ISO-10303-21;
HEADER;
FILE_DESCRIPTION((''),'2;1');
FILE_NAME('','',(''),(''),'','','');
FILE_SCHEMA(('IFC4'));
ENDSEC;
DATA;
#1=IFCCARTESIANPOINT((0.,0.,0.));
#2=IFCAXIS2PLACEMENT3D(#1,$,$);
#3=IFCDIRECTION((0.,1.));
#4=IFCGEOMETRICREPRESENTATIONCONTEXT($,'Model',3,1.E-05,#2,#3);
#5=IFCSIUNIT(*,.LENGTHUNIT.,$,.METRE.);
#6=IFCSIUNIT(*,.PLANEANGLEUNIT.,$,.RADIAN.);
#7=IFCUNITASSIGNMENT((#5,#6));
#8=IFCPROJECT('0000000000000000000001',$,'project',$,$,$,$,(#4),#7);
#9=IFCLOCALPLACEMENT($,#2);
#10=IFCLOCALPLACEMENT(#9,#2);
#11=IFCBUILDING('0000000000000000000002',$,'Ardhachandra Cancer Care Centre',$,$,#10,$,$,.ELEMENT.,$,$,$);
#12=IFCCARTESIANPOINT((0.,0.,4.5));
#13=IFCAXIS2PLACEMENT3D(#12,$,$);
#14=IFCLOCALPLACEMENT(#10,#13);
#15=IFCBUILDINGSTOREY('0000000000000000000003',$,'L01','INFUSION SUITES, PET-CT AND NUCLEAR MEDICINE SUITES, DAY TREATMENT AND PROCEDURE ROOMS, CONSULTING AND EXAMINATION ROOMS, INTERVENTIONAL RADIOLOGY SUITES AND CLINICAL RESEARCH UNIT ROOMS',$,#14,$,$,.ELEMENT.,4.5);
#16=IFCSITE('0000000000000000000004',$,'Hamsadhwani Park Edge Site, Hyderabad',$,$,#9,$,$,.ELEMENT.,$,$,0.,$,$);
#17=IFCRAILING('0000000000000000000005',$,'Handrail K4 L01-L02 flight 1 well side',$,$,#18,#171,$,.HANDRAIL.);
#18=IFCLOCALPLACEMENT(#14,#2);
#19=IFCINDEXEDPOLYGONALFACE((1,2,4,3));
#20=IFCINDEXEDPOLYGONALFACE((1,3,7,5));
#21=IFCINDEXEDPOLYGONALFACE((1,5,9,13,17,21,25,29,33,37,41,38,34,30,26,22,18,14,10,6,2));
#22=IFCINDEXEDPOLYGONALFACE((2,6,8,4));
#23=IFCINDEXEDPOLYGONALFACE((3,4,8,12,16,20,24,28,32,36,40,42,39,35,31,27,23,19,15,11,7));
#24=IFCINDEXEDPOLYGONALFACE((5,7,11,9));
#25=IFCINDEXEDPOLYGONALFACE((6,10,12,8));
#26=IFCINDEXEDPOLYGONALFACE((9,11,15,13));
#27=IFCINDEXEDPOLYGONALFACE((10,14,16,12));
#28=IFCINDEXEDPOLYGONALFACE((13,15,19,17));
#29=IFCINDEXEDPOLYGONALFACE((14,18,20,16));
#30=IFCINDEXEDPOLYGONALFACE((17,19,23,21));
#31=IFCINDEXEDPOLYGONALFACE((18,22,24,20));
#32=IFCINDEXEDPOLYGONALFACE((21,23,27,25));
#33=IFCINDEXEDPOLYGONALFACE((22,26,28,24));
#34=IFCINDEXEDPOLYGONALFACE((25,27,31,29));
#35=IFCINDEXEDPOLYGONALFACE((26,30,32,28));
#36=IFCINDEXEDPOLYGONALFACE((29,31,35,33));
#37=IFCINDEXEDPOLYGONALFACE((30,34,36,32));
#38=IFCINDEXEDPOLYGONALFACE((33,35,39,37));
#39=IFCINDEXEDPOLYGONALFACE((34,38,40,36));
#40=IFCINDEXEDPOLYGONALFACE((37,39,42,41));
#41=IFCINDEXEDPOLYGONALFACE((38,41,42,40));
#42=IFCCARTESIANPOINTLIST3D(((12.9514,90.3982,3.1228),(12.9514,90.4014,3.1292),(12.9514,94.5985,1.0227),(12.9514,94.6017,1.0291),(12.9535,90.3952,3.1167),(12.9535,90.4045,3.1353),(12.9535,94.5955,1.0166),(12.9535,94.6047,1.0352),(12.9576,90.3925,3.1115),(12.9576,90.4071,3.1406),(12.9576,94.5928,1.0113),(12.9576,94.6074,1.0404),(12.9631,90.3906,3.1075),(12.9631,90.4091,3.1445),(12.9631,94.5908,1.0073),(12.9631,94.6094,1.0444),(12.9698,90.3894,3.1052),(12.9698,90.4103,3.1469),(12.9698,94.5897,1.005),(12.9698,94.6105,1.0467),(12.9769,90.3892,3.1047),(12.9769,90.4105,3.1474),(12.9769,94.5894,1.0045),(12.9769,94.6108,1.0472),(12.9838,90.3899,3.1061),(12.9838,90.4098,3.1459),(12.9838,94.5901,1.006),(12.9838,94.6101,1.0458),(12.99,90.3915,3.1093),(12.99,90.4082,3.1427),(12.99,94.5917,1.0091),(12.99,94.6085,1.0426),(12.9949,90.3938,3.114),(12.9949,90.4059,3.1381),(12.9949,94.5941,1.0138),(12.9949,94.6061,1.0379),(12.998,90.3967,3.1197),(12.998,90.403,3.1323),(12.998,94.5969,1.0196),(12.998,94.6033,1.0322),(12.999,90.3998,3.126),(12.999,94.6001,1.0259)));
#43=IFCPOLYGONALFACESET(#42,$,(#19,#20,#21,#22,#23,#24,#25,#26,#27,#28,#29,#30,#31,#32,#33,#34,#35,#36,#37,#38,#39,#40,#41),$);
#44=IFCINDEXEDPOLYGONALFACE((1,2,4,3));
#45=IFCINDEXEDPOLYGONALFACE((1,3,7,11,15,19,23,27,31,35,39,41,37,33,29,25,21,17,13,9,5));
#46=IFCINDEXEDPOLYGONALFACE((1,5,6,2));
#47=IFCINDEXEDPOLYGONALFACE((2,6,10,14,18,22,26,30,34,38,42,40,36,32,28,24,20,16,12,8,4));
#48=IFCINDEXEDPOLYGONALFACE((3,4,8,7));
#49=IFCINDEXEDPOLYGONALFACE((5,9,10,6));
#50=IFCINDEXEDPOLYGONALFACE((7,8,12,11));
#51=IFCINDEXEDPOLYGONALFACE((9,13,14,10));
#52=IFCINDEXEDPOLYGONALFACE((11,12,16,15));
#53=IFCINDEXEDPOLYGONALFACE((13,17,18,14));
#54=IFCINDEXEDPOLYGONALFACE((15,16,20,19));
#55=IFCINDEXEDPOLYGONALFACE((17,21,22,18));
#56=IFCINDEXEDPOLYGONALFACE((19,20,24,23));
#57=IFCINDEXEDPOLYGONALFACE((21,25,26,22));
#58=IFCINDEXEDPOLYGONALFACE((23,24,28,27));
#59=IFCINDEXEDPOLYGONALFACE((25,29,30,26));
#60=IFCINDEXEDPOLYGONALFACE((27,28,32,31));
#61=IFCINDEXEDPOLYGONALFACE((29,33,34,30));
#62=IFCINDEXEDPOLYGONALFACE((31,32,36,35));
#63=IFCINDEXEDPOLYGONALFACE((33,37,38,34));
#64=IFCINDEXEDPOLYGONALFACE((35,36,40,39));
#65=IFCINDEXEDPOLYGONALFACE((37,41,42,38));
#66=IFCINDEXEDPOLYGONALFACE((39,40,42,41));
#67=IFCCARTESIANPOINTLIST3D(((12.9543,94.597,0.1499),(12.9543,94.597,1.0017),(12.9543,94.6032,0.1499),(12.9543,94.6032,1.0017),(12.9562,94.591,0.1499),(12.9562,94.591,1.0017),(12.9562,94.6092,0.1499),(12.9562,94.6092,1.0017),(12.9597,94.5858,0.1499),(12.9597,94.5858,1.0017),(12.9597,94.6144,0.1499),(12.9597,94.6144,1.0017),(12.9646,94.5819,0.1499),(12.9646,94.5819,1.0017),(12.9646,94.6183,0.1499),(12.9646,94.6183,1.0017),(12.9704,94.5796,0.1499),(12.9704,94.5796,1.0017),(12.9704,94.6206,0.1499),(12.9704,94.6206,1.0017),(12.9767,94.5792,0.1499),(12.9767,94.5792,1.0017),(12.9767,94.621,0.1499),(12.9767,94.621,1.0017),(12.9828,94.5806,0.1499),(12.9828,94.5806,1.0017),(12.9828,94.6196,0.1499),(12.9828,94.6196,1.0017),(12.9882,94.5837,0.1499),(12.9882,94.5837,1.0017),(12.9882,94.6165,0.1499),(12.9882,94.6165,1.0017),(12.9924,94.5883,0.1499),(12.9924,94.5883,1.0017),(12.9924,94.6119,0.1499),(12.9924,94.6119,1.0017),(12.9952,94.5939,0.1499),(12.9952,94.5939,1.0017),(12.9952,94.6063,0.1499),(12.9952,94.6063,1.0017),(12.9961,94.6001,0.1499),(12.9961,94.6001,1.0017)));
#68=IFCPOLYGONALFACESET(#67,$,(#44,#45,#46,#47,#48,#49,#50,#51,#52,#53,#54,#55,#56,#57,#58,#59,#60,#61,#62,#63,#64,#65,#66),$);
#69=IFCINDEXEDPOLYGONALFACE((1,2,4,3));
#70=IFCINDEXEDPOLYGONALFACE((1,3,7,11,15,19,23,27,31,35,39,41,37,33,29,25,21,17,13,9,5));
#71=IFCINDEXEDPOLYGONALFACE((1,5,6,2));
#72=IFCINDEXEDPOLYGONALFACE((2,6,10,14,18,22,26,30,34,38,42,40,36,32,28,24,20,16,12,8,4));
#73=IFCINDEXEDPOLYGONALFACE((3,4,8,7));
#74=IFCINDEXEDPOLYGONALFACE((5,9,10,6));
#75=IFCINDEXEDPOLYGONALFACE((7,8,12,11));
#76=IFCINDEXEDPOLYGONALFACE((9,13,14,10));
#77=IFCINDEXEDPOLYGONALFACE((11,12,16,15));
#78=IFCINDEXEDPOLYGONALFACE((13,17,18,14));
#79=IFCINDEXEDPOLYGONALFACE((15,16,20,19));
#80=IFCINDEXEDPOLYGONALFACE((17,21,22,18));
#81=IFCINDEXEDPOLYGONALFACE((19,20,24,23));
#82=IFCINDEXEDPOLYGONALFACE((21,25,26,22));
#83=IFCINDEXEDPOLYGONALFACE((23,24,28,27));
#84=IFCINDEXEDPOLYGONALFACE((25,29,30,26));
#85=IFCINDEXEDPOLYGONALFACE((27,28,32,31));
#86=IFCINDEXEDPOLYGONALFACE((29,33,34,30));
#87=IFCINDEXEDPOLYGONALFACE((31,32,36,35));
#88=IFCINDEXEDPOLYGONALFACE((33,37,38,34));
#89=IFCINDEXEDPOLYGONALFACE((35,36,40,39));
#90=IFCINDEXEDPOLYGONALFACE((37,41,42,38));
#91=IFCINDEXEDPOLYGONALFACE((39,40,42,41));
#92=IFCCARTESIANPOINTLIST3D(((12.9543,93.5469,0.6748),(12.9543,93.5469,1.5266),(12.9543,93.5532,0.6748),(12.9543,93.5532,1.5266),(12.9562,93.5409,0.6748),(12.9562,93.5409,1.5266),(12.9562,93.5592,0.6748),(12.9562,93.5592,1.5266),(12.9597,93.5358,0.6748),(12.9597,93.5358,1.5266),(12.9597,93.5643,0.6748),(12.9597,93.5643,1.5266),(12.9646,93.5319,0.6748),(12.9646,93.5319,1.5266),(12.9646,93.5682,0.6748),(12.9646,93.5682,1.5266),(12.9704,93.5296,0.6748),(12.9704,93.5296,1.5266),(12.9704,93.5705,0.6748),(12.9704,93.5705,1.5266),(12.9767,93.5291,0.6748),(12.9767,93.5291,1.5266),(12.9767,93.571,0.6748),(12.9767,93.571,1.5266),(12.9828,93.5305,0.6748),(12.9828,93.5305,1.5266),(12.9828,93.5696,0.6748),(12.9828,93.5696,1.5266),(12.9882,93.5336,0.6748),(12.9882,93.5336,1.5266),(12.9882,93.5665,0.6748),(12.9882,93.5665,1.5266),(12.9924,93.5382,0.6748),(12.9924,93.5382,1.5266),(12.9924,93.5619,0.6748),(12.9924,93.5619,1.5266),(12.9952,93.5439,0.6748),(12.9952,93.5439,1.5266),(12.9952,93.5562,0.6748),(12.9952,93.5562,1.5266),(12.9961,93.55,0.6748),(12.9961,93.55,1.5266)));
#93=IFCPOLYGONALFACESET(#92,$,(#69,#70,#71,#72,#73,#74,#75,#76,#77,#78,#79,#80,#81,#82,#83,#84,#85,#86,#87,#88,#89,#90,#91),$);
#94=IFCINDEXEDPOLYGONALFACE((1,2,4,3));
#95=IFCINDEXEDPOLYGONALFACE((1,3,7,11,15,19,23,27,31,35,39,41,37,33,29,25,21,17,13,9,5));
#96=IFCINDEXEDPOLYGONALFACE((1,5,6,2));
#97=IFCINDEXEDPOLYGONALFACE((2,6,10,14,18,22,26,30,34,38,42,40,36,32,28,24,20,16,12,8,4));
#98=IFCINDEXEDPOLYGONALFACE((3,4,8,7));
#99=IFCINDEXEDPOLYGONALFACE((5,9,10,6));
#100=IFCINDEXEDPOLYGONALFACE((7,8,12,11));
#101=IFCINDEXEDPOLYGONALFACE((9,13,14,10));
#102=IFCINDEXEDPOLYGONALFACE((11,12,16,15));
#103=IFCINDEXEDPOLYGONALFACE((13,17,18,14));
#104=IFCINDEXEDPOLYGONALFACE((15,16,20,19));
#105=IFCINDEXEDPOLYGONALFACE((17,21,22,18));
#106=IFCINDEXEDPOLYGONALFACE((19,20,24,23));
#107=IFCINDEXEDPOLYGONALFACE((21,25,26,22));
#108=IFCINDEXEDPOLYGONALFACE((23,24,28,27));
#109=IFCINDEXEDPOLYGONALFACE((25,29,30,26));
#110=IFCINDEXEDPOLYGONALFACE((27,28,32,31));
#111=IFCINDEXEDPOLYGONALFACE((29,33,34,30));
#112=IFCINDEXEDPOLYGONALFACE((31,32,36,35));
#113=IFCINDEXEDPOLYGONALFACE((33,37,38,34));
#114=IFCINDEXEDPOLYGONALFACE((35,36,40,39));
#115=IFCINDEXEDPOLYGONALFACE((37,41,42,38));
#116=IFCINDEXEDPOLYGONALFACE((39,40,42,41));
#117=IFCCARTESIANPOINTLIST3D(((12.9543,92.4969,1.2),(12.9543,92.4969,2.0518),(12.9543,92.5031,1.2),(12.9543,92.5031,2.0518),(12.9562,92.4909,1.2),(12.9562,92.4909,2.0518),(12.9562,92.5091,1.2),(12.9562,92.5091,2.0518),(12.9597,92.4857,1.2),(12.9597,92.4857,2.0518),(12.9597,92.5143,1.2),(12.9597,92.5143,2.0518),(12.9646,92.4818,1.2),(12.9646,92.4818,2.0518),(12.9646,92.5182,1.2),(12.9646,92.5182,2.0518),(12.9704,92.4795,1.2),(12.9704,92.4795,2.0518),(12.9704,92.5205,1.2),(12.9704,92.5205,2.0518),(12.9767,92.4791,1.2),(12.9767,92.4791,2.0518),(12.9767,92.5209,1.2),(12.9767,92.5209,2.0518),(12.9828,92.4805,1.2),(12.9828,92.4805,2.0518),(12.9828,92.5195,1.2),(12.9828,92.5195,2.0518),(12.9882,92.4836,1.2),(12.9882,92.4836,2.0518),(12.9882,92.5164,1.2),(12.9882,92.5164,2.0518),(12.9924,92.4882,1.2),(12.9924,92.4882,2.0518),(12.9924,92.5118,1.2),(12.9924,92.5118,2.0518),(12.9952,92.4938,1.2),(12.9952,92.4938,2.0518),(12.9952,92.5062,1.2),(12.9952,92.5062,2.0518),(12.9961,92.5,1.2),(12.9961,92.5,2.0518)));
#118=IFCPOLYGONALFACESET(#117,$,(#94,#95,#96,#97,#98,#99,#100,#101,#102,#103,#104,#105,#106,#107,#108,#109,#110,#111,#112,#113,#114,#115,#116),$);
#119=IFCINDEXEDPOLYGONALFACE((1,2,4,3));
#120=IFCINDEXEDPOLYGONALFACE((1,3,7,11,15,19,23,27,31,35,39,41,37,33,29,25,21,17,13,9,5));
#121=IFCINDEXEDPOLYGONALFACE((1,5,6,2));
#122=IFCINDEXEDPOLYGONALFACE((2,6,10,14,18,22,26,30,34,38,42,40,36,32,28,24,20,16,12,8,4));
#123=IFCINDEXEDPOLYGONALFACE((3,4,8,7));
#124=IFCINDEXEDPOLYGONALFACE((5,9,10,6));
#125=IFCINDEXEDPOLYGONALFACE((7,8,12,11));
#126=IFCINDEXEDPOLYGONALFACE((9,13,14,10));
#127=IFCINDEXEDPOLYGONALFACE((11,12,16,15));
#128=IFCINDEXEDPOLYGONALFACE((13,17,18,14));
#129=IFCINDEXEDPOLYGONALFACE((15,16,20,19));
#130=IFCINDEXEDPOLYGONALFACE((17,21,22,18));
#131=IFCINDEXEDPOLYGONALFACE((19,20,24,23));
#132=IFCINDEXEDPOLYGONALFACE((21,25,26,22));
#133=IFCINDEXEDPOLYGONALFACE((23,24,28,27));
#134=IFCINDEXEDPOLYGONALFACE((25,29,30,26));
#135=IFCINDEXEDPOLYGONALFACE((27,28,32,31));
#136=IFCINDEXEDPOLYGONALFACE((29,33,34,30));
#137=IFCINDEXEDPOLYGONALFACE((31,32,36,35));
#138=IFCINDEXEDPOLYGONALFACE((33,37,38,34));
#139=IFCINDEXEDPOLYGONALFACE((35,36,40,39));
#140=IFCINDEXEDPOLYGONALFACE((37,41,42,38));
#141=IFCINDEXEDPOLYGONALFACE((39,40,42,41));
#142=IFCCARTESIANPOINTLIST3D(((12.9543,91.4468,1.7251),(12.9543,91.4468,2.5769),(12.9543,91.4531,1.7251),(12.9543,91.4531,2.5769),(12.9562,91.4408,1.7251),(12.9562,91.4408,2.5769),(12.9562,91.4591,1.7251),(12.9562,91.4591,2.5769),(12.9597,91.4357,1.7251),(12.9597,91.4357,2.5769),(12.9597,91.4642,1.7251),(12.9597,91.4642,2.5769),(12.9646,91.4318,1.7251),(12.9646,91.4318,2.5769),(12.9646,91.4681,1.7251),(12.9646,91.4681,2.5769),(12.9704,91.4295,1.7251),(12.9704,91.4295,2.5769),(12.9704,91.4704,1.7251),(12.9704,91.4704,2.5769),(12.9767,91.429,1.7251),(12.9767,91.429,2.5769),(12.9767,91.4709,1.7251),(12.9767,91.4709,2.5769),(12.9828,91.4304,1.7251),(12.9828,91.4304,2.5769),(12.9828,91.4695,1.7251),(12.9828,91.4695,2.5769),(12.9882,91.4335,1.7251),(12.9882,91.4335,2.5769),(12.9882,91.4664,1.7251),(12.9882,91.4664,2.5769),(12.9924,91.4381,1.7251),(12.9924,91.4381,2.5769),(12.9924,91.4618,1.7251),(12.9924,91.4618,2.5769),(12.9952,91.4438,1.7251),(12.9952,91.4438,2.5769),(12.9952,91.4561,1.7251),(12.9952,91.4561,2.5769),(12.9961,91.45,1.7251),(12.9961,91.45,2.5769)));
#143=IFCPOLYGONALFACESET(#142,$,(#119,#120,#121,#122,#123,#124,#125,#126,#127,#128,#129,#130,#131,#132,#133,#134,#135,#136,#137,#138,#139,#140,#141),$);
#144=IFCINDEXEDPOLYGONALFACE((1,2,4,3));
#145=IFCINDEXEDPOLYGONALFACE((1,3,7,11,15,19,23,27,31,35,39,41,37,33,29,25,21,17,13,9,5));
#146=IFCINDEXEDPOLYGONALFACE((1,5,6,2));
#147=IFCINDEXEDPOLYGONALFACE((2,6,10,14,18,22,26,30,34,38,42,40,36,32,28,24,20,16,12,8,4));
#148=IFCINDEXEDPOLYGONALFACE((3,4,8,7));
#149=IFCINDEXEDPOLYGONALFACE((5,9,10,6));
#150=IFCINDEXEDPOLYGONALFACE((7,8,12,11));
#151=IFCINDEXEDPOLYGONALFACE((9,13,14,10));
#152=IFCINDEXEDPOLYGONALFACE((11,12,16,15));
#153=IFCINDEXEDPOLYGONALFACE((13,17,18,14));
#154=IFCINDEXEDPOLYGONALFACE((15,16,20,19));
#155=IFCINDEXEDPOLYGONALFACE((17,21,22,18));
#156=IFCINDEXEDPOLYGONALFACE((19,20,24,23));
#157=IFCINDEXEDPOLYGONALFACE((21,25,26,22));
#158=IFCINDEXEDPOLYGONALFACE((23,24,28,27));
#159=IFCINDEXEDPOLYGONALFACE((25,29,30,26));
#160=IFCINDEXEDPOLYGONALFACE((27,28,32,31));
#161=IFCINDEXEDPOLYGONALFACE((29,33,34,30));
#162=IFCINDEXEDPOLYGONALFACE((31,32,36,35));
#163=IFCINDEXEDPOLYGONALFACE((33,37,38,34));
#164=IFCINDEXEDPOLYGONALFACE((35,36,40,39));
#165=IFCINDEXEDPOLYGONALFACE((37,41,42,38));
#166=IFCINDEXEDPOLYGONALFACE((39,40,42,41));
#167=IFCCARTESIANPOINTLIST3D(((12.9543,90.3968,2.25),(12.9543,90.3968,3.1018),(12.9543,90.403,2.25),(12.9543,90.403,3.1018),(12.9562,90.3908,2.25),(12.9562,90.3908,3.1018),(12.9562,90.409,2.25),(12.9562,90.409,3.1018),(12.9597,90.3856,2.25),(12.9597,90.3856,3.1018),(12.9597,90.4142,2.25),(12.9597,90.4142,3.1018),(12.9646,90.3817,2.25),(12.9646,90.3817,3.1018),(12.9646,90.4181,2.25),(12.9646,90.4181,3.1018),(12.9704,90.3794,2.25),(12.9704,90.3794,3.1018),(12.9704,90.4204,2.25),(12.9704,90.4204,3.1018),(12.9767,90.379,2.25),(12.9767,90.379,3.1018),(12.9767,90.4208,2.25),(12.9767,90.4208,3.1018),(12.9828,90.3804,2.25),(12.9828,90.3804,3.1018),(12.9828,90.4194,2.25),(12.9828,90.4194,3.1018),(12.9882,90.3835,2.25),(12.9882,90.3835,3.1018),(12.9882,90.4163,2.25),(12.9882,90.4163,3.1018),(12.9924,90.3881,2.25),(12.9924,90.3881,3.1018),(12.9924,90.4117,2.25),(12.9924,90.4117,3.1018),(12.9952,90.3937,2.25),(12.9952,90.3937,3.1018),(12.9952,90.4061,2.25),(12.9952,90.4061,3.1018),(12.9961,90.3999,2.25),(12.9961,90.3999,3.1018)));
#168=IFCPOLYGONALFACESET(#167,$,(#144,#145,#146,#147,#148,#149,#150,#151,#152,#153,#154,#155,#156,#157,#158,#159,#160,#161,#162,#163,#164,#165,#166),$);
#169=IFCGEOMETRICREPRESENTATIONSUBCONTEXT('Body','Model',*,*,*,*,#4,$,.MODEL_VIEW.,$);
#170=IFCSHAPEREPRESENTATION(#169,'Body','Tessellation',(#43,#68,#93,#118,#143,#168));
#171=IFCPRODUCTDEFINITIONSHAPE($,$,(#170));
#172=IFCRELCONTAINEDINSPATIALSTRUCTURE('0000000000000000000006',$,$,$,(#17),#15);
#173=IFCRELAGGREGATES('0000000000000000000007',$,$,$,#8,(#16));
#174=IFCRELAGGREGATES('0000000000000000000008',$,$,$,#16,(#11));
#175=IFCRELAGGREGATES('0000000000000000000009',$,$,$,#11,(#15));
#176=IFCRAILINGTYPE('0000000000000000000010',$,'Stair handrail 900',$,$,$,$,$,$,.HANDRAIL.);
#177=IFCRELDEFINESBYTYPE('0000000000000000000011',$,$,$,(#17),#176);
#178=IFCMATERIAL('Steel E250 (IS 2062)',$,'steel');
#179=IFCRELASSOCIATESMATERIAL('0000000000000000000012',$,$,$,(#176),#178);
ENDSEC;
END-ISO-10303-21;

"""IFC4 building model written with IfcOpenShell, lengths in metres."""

from ifc_helpers import new_model, si_unit, direction, frame, origin, origin_2d, place, context, subcontext, project, spatial, circle, extrude, material, type_object, element, save


model = new_model("IFC4")

# Units and contexts
model_context = context("Model", 3, precision=1e-05, world=origin(), true_north=direction((0.0, 1.0)))
body_context = subcontext(model_context, "Body", "Model", "MODEL_VIEW")
ifc_project = project(units=[si_unit("LENGTHUNIT", "METRE"), si_unit("PLANEANGLEUNIT", "RADIAN")], contexts=[model_context])

# Site, building, storey
site_placement = place(None, origin())
site = spatial("IfcSite", under=ifc_project, at=site_placement, Name="Hamsadhwani Park Edge Site, Hyderabad", CompositionType="ELEMENT", RefElevation=0.0)
building_placement = place(site_placement, origin())
building = spatial("IfcBuilding", under=site, at=building_placement, Name="Ardhachandra Cancer Care Centre", CompositionType="ELEMENT")
storey_placement = place(building_placement, frame((0.0, 0.0, 4.5)))
storey = spatial("IfcBuildingStorey", under=building, at=storey_placement, Name="L01", Description="INFUSION SUITES, PET-CT AND NUCLEAR MEDICINE SUITES, DAY TREATMENT AND PROCEDURE ROOMS, CONSULTING AND EXAMINATION ROOMS, INTERVENTIONAL RADIOLOGY SUITES AND CLINICAL RESEARCH UNIT ROOMS", CompositionType="ELEMENT", Elevation=4.5)

# Railing
ifc_material_1 = material(Name="Steel E250 (IS 2062)", Category="steel")
railing_type = type_object("IfcRailingType", Name="Stair handrail 900", PredefinedType="HANDRAIL", material=ifc_material_1)
for number, where, name in (
    (1, (12.9751, 94.6001, 0.1499), "Handrail K4 L01-L02 flight 1 well side"),
):
    element("IfcRailing", number, at=place(storey_placement, frame(where)), inside=storey, type_object=railing_type, Name=name, PredefinedType="HANDRAIL", context=body_context, shape_type="SweptSolid", body=[
        extrude(circle(Radius=0.0239, at=origin_2d()), frame((0.0, 0.0, 0.876), z_axis=(0.0, -0.894427, 0.447214), x_axis=(1.0, 0.0, 0.0)), (0.0, 0.0, 1.0), 4.696),
        extrude(circle(Radius=0.021, at=origin_2d()), origin(), (0.0, 0.0, 1.0), 0.8518),
        extrude(circle(Radius=0.021, at=origin_2d()), frame((0.0, -1.05, 0.5249)), (0.0, 0.0, 1.0), 0.8518),
        extrude(circle(Radius=0.021, at=origin_2d()), frame((0.0, -2.1001, 1.05)), (0.0, 0.0, 1.0), 0.8518),
        extrude(circle(Radius=0.021, at=origin_2d()), frame((0.0, -3.1501, 1.5752)), (0.0, 0.0, 1.0), 0.8518),
        extrude(circle(Radius=0.021, at=origin_2d()), frame((0.0, -4.2002, 2.1001)), (0.0, 0.0, 1.0), 0.8518),
    ])

save(model, "model.ifc")
